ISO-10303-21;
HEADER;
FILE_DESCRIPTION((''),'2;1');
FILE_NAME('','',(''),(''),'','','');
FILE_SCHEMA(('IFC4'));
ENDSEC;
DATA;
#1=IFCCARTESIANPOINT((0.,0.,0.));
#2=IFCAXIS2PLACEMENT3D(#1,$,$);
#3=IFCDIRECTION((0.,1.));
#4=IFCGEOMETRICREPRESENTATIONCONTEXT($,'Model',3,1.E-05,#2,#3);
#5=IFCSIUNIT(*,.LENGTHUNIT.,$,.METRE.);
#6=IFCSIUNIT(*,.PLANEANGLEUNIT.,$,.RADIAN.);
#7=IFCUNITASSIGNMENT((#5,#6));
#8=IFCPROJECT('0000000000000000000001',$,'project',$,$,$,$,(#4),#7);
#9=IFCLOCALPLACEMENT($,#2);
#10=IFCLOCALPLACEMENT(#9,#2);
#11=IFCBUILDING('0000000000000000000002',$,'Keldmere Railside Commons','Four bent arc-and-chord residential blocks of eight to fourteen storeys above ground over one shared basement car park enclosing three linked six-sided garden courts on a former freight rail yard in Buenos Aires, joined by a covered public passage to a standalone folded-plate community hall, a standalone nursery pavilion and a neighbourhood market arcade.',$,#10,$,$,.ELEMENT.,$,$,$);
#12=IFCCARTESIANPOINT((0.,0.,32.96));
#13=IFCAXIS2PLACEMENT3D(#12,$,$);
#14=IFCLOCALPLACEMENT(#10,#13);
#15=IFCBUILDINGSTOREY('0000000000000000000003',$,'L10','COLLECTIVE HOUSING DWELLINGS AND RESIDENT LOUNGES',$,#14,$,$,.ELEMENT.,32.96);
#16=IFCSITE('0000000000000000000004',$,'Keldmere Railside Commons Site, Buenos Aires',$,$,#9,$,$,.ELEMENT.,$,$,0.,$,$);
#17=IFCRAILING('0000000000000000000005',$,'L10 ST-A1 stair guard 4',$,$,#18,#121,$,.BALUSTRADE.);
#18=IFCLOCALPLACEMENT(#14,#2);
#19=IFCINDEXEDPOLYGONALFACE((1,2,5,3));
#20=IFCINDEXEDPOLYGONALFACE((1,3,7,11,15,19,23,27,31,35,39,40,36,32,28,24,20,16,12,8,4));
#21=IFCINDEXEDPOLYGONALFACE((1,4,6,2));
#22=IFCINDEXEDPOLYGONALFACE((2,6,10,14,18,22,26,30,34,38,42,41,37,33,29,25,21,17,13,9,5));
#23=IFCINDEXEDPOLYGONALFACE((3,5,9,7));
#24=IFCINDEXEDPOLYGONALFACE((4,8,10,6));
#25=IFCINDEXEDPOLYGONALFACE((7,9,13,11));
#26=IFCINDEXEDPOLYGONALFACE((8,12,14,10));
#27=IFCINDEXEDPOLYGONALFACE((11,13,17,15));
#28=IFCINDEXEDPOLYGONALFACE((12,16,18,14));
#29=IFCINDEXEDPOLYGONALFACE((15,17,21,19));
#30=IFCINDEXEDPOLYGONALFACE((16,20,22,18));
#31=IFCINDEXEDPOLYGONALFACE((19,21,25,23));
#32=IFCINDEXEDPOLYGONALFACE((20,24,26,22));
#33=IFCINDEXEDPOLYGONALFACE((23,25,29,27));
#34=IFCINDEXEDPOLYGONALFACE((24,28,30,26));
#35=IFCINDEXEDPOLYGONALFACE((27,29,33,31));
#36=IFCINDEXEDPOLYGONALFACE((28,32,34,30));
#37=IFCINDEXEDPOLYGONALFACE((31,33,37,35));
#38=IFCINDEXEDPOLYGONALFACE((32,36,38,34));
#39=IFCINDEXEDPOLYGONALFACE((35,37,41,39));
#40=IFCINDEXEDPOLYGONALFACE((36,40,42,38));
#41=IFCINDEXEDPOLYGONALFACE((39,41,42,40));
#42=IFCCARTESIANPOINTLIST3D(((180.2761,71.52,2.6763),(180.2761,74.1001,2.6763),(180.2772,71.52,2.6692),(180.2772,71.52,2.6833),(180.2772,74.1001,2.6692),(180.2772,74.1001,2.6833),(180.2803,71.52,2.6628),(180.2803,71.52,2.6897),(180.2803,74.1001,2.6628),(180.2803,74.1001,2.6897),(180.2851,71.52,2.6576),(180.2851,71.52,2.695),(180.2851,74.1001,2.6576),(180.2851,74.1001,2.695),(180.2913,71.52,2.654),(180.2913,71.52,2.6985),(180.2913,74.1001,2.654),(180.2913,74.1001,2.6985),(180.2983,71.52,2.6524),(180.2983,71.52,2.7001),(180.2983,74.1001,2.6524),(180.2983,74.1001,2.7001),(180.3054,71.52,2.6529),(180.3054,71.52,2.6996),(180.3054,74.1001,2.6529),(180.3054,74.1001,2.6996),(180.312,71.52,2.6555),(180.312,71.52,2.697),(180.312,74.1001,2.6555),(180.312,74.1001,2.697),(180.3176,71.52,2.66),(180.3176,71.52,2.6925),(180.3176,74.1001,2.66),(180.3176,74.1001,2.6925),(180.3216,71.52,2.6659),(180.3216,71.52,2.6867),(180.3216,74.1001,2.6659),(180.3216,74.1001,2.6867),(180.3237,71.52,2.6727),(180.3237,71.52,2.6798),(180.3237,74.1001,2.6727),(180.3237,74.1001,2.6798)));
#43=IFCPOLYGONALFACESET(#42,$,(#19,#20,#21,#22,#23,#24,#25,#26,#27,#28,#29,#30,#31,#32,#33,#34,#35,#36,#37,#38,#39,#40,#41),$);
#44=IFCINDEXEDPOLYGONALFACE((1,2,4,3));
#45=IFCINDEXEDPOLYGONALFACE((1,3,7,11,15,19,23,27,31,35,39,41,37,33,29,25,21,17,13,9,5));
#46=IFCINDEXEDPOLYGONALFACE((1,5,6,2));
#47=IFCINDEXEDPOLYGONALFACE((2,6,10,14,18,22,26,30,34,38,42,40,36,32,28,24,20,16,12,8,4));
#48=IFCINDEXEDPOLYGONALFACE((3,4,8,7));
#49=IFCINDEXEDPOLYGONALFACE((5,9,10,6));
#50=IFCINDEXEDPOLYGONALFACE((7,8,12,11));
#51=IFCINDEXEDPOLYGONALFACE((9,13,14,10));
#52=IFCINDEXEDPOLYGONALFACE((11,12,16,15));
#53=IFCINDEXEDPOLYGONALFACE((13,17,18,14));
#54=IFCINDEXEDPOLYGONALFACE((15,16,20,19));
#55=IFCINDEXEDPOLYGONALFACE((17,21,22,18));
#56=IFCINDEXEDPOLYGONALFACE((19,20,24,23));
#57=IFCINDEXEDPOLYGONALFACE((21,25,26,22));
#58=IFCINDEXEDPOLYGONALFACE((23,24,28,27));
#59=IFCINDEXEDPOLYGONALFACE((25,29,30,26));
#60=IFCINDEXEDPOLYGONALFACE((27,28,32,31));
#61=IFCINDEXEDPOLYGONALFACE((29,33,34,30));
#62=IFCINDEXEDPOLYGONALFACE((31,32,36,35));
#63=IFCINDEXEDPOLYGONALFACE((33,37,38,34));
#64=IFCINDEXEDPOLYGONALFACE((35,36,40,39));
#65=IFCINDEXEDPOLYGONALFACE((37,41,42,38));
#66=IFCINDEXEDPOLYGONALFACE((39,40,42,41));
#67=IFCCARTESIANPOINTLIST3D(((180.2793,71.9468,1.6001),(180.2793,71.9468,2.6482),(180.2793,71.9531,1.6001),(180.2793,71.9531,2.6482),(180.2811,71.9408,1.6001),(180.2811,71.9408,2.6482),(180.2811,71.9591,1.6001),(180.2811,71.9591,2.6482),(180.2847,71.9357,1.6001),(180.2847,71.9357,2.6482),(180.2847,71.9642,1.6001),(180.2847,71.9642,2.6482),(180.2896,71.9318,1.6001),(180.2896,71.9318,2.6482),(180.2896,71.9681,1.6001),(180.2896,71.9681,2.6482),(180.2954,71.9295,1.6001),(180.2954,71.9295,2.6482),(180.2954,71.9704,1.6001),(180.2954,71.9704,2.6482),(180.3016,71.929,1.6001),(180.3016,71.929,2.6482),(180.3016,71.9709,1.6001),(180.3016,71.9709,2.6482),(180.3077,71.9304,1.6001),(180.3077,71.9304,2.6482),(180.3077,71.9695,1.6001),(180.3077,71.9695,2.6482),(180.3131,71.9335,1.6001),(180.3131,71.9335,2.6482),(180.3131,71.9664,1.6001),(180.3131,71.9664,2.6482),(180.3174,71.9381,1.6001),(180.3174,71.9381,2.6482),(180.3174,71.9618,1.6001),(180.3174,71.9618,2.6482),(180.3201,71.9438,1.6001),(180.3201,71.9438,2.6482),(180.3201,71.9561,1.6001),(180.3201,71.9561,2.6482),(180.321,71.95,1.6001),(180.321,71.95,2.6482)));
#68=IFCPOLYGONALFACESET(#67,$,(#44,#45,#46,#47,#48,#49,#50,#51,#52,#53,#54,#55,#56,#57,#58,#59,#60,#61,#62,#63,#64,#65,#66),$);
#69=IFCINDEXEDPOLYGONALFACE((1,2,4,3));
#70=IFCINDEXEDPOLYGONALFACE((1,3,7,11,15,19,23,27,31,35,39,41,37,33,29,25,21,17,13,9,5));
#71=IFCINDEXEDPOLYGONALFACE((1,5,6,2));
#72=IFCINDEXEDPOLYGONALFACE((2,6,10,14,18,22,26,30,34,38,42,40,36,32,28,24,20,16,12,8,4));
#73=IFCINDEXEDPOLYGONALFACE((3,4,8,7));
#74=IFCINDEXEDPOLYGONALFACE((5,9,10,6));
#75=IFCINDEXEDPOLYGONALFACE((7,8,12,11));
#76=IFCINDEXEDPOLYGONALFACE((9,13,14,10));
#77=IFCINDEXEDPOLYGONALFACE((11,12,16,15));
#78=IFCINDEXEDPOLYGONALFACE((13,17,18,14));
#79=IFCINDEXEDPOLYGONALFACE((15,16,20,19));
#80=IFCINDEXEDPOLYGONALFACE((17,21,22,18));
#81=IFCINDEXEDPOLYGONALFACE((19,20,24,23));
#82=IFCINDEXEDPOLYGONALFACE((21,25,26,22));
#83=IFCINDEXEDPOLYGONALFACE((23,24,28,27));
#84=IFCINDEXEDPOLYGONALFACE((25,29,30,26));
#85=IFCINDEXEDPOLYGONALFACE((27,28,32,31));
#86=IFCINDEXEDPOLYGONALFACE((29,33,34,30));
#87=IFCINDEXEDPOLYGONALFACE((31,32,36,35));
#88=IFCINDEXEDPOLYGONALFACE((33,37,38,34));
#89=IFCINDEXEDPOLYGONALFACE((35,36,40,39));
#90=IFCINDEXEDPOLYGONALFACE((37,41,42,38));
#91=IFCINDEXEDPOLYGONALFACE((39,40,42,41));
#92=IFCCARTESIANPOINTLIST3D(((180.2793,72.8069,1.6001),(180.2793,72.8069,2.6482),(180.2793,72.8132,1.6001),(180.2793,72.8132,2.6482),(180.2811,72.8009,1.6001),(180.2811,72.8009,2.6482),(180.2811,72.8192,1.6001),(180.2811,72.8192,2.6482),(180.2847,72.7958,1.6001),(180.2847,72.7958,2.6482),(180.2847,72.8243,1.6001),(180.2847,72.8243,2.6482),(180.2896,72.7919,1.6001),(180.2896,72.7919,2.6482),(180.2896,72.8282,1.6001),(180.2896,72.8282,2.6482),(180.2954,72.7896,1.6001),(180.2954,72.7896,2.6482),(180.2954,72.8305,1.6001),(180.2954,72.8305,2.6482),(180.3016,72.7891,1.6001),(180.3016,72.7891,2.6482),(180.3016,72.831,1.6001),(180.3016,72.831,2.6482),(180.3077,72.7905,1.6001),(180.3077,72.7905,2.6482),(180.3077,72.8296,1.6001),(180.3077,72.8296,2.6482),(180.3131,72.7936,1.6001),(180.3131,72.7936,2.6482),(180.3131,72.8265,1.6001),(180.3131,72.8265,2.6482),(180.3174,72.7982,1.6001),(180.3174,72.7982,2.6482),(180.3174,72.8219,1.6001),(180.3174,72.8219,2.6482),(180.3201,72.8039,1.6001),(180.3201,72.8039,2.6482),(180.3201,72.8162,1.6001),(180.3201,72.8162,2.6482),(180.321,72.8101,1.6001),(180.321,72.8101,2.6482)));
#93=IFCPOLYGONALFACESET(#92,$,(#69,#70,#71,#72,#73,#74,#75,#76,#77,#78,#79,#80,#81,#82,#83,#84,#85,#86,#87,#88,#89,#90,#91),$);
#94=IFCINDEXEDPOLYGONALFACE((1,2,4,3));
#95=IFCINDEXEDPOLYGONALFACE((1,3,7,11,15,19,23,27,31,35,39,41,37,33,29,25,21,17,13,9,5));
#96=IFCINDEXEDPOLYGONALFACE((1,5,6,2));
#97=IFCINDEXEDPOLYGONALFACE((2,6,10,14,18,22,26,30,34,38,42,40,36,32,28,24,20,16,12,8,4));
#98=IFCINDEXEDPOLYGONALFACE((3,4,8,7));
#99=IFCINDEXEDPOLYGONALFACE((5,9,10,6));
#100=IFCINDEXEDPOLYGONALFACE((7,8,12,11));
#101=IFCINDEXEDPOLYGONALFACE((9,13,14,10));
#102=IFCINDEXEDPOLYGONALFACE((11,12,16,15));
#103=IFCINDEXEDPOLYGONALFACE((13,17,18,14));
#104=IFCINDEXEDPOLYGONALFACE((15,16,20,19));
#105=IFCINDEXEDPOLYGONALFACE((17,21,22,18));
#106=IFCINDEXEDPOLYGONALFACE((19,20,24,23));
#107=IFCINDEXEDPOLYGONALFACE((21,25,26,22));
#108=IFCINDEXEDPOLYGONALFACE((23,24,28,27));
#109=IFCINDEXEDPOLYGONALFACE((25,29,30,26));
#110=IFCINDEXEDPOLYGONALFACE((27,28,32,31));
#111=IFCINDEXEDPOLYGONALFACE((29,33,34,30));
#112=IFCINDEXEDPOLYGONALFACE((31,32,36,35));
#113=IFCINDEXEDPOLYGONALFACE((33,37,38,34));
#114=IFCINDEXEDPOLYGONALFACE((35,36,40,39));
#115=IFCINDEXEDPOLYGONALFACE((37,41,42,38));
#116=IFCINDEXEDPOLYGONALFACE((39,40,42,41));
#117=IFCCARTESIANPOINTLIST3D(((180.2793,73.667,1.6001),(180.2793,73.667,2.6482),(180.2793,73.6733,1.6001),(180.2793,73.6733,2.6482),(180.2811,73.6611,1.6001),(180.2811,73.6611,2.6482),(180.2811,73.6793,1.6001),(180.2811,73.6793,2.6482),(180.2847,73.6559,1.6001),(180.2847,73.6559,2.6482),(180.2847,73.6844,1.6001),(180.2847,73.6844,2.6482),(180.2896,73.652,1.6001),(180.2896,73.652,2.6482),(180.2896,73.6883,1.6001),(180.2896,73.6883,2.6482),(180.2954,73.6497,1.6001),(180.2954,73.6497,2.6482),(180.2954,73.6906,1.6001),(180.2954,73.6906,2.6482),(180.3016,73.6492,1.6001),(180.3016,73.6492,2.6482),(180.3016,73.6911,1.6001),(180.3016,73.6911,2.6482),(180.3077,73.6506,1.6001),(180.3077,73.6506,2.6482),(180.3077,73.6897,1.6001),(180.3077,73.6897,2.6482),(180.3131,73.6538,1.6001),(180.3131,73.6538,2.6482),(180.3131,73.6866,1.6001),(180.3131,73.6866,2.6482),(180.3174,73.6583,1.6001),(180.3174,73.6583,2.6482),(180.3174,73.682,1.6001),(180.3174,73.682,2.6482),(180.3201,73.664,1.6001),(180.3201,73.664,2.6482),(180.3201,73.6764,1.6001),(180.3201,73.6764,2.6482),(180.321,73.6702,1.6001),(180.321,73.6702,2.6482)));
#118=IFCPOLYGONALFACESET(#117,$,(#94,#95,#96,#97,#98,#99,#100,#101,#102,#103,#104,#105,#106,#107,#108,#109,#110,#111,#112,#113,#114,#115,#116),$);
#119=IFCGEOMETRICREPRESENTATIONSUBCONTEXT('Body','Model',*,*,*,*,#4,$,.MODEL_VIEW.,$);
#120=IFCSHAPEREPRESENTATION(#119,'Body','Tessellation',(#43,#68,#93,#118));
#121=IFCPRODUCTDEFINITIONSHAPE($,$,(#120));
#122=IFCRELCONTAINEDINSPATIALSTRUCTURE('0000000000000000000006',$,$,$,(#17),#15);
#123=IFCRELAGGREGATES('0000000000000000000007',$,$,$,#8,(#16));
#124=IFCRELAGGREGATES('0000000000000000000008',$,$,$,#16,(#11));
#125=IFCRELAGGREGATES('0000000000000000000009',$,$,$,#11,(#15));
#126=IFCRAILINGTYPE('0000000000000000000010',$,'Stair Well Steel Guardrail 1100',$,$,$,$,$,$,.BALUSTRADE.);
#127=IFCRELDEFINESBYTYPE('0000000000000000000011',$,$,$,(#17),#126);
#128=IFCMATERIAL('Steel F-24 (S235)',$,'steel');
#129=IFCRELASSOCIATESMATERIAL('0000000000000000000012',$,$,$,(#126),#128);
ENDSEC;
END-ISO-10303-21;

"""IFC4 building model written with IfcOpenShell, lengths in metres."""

from ifc_helpers import new_model, si_unit, direction, frame, origin, origin_2d, place, context, subcontext, project, spatial, circle, extrude, material, type_object, element, save


model = new_model("IFC4")

# Units and contexts
model_context = context("Model", 3, precision=1e-05, world=origin(), true_north=direction((0.0, 1.0)))
body_context = subcontext(model_context, "Body", "Model", "MODEL_VIEW")
ifc_project = project(units=[si_unit("LENGTHUNIT", "METRE"), si_unit("PLANEANGLEUNIT", "RADIAN")], contexts=[model_context])

# Site, building, storey
site_placement = place(None, origin())
site = spatial("IfcSite", under=ifc_project, at=site_placement, Name="Keldmere Railside Commons Site, Buenos Aires", CompositionType="ELEMENT", RefElevation=0.0)
building_placement = place(site_placement, origin())
building = spatial("IfcBuilding", under=site, at=building_placement, Name="Keldmere Railside Commons", Description="Four bent arc-and-chord residential blocks of eight to fourteen storeys above ground over one shared basement car park enclosing three linked six-sided garden courts on a former freight rail yard in Buenos Aires, joined by a covered public passage to a standalone folded-plate community hall, a standalone nursery pavilion and a neighbourhood market arcade.", CompositionType="ELEMENT")
storey_placement = place(building_placement, frame((0.0, 0.0, 32.96)))
storey = spatial("IfcBuildingStorey", under=building, at=storey_placement, Name="L10", Description="COLLECTIVE HOUSING DWELLINGS AND RESIDENT LOUNGES", CompositionType="ELEMENT", Elevation=32.96)

# Shared definitions
ifc_material_1 = material(Name="Steel F-24 (S235)", Category="steel")

# Railing
railing_type_1 = type_object("IfcRailingType", Name="Stair Well Steel Guardrail 1100", PredefinedType="BALUSTRADE", material=ifc_material_1)
for number, where, name in (
    (1, (180.3, 71.52, 1.6001), "L10 ST-A1 stair guard 4"),
):
    element("IfcRailing", number, at=place(storey_placement, frame(where)), inside=storey, type_object=railing_type_1, Name=name, PredefinedType="BALUSTRADE", context=body_context, shape_type="SweptSolid", body=[
        extrude(circle(Radius=0.0239, at=origin_2d()), frame((0.0, 0.0, 1.0762), z_axis=(0.0, 1.0, 0.0), x_axis=(-1.0, 0.0, 0.0)), (0.0, 0.0, 1.0), 2.5801),
        extrude(circle(Radius=0.021, at=origin_2d()), frame((0.0, 0.4299, 0.0)), (0.0, 0.0, 1.0), 1.0481),
        extrude(circle(Radius=0.021, at=origin_2d()), frame((0.0, 1.29, 0.0)), (0.0, 0.0, 1.0), 1.0481),
        extrude(circle(Radius=0.021, at=origin_2d()), frame((0.0, 2.1501, 0.0)), (0.0, 0.0, 1.0), 1.0481),
    ])

save(model, "model.ifc")
